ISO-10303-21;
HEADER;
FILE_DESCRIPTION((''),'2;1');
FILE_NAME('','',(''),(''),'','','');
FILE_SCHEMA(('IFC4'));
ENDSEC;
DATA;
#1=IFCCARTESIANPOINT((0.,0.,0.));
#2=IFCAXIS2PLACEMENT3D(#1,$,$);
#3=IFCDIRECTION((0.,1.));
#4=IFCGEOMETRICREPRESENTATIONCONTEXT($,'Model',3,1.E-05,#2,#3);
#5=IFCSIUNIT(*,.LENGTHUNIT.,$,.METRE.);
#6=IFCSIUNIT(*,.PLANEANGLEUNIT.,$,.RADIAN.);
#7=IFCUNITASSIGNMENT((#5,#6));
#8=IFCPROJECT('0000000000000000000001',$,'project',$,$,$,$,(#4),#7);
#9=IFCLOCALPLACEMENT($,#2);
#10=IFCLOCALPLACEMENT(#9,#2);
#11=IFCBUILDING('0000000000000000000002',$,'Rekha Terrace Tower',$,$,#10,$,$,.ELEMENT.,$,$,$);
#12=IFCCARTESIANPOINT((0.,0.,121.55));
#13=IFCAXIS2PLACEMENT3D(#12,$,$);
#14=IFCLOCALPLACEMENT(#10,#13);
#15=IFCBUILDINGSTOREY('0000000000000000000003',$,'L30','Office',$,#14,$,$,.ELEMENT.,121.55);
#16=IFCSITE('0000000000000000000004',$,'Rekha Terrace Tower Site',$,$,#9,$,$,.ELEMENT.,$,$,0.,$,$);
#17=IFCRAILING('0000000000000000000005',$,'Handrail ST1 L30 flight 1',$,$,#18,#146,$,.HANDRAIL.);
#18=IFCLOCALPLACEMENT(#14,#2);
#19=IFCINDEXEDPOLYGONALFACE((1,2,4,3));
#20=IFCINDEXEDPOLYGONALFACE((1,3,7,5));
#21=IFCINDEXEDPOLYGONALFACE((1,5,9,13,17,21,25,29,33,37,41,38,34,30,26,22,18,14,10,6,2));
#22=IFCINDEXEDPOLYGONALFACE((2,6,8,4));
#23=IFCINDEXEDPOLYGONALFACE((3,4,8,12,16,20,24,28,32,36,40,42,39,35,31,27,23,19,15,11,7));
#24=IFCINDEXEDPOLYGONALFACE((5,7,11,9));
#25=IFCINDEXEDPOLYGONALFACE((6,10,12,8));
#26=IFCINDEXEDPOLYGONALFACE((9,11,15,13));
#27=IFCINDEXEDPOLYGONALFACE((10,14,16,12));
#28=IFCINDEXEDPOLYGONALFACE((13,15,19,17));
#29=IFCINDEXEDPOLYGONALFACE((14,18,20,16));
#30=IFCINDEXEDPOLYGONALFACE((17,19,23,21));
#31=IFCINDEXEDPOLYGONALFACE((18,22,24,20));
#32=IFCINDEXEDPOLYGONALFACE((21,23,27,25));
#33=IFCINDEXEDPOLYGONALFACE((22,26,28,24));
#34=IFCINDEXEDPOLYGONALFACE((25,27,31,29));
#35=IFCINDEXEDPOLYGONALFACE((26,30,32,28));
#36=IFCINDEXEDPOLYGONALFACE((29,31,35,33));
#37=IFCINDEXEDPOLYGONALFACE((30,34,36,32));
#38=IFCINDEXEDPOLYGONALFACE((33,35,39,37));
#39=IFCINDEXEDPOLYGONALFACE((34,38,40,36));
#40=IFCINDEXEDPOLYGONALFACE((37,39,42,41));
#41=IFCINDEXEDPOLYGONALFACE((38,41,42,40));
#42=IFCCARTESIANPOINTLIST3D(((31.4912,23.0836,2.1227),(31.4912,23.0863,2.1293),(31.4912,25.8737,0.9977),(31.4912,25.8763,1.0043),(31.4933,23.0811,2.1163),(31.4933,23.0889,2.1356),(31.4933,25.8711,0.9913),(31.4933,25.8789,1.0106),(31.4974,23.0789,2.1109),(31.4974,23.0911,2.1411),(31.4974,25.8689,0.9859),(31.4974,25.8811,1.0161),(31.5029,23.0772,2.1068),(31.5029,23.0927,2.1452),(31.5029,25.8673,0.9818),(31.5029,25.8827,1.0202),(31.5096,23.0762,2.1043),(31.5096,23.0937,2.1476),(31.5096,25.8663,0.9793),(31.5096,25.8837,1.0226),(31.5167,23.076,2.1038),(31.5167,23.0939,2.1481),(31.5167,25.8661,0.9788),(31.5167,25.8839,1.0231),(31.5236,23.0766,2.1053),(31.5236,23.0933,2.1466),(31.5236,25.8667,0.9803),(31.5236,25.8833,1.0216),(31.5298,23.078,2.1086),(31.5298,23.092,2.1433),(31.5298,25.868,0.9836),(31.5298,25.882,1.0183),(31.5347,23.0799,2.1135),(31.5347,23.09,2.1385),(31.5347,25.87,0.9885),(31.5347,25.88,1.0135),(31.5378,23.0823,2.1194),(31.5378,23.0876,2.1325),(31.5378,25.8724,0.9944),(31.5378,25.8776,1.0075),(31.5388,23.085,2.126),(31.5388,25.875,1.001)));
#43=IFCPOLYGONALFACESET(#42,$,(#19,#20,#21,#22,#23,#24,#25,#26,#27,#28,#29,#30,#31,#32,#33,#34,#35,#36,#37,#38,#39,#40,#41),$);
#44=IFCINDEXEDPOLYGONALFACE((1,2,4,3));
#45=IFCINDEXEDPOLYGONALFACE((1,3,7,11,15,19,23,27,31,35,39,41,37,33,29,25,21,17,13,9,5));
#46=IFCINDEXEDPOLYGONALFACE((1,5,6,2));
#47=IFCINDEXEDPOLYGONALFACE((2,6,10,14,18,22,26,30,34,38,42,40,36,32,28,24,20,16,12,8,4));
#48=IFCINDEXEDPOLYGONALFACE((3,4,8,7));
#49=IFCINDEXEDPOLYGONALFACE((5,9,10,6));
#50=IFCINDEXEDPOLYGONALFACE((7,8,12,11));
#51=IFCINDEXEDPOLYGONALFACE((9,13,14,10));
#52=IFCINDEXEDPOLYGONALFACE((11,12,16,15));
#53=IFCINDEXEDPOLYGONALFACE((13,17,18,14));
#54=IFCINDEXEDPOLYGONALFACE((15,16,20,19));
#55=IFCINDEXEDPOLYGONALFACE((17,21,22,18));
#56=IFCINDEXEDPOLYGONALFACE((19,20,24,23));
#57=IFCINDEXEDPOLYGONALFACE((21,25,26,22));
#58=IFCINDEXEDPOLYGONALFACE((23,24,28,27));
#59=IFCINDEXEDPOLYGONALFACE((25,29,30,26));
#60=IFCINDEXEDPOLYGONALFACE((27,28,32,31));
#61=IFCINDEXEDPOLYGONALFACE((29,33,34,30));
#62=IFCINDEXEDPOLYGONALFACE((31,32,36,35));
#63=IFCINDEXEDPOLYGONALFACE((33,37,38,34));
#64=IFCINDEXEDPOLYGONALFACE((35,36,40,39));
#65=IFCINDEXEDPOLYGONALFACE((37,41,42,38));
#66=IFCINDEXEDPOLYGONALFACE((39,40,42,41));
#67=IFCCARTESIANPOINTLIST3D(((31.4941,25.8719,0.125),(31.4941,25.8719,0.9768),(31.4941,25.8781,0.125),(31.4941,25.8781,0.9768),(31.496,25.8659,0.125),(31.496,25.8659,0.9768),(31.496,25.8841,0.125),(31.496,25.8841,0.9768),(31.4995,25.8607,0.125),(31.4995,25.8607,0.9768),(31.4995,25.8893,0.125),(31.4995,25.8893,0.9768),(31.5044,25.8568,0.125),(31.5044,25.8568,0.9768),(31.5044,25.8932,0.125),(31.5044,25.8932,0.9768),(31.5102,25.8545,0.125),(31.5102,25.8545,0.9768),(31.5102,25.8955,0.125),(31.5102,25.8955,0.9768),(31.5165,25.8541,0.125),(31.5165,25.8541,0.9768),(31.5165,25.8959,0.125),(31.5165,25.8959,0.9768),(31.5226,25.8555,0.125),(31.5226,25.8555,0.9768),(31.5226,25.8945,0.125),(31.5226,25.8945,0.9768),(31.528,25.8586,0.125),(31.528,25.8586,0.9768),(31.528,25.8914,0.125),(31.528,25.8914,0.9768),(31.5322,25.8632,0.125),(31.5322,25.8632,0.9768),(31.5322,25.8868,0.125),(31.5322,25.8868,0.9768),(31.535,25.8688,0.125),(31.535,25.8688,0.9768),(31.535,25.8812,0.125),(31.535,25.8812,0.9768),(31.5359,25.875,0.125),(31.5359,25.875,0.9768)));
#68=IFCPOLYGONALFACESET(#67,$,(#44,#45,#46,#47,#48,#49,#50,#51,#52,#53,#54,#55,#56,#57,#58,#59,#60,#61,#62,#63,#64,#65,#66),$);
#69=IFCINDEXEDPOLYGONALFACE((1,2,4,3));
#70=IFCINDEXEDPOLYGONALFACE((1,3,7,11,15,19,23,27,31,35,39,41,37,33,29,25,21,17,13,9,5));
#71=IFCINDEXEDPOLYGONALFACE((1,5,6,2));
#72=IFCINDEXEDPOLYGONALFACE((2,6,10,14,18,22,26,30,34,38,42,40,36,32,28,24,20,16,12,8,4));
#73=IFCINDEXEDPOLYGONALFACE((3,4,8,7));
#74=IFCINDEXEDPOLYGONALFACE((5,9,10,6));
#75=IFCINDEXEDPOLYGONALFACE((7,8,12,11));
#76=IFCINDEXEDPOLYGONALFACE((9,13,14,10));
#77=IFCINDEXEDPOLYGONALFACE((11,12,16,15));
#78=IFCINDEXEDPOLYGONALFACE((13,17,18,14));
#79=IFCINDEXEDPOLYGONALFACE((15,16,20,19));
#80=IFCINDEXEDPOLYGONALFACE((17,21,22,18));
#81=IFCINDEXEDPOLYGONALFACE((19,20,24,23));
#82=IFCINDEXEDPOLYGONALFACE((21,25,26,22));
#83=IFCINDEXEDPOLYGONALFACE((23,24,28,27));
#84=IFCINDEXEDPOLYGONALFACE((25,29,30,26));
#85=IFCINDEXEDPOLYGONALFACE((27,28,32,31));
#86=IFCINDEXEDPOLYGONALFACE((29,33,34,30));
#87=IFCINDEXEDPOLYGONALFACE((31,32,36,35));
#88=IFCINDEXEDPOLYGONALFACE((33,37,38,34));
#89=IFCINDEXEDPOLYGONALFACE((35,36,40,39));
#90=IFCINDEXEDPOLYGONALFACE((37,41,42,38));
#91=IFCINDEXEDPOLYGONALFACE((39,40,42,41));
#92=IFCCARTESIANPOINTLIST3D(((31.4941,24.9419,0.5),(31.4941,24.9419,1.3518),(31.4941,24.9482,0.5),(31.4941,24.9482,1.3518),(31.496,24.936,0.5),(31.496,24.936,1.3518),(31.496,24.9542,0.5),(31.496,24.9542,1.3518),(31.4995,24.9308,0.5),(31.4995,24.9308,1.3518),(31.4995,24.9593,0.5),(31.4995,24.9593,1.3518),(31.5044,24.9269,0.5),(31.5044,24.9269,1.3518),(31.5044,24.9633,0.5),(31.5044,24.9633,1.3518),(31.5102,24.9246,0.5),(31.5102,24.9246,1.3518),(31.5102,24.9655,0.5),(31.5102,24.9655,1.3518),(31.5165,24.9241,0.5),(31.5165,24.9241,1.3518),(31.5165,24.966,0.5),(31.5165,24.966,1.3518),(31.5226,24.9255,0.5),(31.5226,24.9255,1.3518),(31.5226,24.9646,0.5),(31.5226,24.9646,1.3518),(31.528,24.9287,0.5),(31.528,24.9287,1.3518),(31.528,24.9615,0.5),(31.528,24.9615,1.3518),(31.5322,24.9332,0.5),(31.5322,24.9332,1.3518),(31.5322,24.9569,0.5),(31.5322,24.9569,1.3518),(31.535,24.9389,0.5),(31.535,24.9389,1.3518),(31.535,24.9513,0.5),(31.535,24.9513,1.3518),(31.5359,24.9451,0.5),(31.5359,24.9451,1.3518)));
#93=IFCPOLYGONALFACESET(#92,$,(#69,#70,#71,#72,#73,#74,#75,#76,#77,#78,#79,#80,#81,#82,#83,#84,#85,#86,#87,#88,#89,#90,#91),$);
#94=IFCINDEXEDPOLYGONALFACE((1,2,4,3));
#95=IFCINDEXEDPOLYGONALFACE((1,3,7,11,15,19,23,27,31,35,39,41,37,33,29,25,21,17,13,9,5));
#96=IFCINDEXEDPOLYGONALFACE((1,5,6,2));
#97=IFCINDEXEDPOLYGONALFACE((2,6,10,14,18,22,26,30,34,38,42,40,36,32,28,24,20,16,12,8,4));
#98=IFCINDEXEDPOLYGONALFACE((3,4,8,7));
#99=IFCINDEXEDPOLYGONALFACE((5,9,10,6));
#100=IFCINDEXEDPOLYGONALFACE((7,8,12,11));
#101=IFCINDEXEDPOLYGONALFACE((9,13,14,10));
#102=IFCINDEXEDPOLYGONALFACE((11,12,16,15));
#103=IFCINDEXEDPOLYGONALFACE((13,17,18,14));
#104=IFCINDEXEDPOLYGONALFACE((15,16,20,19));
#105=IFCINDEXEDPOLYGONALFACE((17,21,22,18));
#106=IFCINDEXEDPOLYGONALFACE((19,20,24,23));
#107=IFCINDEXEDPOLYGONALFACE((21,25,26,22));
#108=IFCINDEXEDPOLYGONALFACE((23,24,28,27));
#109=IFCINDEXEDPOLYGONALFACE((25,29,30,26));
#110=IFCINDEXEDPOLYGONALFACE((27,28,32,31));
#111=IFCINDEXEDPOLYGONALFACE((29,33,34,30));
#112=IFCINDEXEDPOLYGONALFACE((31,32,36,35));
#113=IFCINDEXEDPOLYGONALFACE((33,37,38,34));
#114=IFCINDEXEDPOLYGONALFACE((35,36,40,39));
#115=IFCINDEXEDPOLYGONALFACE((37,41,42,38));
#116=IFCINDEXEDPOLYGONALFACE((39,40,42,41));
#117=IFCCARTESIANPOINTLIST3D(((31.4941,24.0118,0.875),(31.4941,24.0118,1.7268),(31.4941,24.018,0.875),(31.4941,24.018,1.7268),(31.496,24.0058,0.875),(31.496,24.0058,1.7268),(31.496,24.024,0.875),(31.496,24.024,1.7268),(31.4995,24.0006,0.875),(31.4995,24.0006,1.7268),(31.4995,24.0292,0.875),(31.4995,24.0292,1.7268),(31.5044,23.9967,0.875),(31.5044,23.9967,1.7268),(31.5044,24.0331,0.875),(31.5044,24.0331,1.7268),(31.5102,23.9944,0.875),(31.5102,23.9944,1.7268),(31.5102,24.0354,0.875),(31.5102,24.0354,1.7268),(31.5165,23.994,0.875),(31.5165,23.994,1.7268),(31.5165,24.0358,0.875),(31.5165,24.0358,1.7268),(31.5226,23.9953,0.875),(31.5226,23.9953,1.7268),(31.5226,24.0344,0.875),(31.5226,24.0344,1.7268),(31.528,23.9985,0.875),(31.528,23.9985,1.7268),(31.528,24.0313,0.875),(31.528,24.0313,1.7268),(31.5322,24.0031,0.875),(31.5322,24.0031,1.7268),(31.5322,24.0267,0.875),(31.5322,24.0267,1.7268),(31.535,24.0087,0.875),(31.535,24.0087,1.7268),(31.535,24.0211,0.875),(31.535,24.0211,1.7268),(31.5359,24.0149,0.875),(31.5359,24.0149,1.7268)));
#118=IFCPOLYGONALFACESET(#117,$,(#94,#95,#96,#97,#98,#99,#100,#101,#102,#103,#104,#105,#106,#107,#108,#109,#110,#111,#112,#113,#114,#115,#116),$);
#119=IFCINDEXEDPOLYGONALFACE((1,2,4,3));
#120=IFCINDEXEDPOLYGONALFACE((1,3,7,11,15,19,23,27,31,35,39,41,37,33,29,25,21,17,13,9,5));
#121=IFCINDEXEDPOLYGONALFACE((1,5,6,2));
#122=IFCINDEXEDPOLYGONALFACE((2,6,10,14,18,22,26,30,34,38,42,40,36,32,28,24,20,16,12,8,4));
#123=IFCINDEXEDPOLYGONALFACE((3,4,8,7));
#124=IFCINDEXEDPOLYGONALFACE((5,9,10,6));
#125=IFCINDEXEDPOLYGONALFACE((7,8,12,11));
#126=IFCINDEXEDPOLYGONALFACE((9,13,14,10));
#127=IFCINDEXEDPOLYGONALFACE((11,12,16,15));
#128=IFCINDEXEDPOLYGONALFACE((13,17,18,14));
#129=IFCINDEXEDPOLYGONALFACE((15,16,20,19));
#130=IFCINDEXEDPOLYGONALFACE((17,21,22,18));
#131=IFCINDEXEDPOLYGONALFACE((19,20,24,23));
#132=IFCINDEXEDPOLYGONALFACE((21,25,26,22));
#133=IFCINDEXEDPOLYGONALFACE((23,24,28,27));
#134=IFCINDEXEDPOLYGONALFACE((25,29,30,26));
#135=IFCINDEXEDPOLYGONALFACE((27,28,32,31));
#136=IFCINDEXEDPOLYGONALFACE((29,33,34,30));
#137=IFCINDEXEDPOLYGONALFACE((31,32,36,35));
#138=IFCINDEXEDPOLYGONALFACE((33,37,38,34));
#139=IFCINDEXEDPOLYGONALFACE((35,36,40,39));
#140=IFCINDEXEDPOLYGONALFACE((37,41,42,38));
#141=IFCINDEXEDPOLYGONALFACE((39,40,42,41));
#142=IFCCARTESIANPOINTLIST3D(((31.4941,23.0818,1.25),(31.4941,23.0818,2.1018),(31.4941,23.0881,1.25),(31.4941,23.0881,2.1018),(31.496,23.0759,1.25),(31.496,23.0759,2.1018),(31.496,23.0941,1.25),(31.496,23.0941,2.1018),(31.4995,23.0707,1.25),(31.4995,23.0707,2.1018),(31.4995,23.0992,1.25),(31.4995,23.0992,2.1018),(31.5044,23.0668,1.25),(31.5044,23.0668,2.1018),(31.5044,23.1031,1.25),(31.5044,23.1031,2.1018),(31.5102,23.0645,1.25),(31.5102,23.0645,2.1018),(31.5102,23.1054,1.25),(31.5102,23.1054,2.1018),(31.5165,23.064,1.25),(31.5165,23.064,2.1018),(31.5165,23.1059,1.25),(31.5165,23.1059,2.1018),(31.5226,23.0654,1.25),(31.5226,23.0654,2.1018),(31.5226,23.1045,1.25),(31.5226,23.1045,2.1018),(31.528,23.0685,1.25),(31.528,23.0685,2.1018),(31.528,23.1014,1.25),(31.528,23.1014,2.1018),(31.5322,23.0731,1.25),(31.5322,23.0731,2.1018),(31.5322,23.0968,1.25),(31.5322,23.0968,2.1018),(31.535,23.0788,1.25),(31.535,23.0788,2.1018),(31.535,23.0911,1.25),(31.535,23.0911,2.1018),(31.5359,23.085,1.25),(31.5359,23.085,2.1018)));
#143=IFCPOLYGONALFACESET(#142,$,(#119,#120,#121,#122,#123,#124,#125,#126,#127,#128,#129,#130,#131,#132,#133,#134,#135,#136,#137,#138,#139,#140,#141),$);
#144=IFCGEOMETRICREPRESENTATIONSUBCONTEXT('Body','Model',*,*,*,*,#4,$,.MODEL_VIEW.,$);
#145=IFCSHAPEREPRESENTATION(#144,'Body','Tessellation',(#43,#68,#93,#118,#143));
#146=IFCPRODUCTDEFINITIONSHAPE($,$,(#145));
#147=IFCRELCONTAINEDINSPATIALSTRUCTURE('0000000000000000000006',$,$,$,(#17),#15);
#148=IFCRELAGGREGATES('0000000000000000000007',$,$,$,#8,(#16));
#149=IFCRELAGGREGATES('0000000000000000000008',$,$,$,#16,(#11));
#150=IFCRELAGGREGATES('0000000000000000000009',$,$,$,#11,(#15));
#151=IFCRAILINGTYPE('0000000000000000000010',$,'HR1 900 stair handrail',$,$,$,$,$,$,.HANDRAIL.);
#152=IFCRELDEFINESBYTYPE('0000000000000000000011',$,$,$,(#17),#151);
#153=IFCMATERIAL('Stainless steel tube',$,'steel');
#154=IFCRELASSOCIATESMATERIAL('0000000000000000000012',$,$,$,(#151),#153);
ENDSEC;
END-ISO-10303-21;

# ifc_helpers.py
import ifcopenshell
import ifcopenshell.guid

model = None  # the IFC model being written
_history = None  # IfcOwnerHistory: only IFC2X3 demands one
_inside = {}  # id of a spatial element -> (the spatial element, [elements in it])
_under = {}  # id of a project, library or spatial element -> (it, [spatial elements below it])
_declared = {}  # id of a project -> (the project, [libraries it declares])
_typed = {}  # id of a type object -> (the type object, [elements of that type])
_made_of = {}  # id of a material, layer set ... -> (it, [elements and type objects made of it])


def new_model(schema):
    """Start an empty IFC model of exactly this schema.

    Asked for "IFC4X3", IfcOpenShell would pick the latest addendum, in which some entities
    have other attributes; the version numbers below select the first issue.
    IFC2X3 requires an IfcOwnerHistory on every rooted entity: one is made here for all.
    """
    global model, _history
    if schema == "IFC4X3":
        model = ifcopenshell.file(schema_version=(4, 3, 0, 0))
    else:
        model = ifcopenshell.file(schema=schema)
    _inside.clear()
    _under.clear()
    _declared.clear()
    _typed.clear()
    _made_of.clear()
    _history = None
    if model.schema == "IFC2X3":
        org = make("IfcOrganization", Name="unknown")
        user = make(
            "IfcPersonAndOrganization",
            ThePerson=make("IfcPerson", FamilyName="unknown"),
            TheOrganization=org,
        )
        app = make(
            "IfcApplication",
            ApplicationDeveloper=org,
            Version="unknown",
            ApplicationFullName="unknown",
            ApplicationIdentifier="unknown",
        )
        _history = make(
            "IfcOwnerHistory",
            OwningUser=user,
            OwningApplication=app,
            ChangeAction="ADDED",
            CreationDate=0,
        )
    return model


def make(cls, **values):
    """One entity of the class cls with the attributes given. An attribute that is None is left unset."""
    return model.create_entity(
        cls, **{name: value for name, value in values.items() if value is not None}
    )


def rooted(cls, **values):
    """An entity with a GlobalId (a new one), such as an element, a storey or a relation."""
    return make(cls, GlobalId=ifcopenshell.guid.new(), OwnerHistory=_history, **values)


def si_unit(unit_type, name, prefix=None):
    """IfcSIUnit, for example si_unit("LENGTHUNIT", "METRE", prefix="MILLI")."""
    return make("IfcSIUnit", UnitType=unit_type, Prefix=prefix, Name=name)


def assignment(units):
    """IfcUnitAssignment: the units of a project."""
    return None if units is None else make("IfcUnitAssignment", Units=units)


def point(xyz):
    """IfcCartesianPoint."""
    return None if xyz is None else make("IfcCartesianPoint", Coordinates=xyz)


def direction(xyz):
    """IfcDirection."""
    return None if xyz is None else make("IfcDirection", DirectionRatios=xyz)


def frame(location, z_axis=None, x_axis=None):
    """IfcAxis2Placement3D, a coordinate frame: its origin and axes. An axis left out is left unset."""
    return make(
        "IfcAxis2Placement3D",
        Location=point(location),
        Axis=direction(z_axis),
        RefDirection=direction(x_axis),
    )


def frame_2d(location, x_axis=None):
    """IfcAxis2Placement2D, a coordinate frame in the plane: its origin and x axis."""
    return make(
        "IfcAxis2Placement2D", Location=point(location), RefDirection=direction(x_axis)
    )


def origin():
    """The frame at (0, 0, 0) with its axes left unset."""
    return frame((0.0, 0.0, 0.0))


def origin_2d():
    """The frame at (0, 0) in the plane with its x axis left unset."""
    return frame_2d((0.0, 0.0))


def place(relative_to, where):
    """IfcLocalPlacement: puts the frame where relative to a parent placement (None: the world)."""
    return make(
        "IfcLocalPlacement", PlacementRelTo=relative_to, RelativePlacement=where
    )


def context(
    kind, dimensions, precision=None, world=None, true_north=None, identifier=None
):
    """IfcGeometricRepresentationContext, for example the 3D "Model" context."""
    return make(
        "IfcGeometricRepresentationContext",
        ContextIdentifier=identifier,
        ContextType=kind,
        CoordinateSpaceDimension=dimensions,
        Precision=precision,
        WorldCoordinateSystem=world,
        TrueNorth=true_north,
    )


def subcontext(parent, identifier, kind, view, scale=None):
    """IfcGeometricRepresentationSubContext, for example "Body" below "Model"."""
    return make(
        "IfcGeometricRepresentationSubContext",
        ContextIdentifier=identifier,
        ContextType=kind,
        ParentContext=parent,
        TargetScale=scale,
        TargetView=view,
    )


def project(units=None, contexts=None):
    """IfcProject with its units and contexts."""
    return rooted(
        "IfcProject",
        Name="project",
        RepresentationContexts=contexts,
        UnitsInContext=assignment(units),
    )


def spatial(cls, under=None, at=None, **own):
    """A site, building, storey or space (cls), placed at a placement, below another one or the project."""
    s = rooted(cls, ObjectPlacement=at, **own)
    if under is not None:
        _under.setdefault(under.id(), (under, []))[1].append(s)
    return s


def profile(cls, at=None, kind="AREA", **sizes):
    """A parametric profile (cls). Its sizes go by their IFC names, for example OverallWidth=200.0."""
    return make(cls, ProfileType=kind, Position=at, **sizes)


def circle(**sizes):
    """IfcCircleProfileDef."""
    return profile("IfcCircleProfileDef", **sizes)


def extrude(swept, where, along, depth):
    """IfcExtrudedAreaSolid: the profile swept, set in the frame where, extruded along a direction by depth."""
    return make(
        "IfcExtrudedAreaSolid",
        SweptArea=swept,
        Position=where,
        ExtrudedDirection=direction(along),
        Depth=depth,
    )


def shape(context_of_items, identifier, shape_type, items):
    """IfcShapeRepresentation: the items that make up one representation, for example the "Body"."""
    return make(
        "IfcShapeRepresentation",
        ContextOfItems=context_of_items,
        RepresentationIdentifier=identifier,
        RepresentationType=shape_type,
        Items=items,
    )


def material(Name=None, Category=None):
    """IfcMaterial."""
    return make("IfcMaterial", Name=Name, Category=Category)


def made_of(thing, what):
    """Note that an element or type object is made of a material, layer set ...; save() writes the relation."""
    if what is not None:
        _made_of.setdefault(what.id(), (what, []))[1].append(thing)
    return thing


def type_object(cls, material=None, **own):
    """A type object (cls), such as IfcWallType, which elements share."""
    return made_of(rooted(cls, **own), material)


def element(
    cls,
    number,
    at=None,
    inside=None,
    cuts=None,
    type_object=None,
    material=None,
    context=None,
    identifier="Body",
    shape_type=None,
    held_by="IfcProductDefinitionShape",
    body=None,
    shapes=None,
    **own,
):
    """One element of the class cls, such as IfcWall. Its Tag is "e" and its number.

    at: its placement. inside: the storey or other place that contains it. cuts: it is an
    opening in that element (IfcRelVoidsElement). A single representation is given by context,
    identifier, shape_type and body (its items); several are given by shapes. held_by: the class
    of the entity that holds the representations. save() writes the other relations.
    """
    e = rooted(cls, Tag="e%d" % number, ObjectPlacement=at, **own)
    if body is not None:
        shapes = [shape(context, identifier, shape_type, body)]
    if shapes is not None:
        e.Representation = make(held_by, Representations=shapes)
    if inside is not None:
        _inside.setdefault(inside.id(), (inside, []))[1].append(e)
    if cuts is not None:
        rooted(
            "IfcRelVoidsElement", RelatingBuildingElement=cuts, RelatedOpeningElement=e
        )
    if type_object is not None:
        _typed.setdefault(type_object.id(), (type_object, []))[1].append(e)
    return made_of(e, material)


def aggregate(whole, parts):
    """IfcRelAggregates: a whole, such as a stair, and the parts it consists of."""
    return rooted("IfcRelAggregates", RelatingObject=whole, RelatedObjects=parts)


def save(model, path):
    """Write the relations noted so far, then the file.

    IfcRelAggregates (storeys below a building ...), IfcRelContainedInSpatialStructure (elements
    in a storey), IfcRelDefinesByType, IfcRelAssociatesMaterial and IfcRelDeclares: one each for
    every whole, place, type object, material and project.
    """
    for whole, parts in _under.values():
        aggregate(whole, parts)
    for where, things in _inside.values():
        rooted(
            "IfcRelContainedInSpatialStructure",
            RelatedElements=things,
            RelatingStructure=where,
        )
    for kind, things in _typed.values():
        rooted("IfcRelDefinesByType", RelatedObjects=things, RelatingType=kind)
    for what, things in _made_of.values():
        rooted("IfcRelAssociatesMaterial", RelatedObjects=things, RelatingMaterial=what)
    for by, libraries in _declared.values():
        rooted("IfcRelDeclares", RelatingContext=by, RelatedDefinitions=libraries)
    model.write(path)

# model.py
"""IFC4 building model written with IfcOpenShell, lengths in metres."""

from ifc_helpers import new_model, si_unit, direction, frame, origin, origin_2d, place, context, subcontext, project, spatial, circle, extrude, material, type_object, element, save


model = new_model("IFC4")

# Units and contexts
model_context = context("Model", 3, precision=1e-05, world=origin(), true_north=direction((0.0, 1.0)))
body_context = subcontext(model_context, "Body", "Model", "MODEL_VIEW")
ifc_project = project(units=[si_unit("LENGTHUNIT", "METRE"), si_unit("PLANEANGLEUNIT", "RADIAN")], contexts=[model_context])

# Site, building, storey
site_placement = place(None, origin())
site = spatial("IfcSite", under=ifc_project, at=site_placement, Name="Rekha Terrace Tower Site", CompositionType="ELEMENT", RefElevation=0.0)
building_placement = place(site_placement, origin())
building = spatial("IfcBuilding", under=site, at=building_placement, Name="Rekha Terrace Tower", CompositionType="ELEMENT")
storey_placement = place(building_placement, frame((0.0, 0.0, 121.55)))
storey = spatial("IfcBuildingStorey", under=building, at=storey_placement, Name="L30", Description="Office", CompositionType="ELEMENT", Elevation=121.55)

# Railing
ifc_material_1 = material(Name="Stainless steel tube", Category="steel")
railing_type = type_object("IfcRailingType", Name="HR1 900 stair handrail", PredefinedType="HANDRAIL", material=ifc_material_1)
railing_placement = place(storey_placement, frame((31.5149, 25.875, 0.125)))
element("IfcRailing", 1, at=railing_placement, inside=storey, type_object=railing_type, Name="Handrail ST1 L30 flight 1", PredefinedType="HANDRAIL", context=body_context, shape_type="SweptSolid", body=[
    extrude(circle(Radius=0.0239, at=origin_2d()), frame((0.0, 0.0, 0.876), z_axis=(0.0, -0.927443, 0.373964), x_axis=(1.0, 0.0, 0.0)), (0.0, 0.0, 1.0), 3.0083),
    extrude(circle(Radius=0.021, at=origin_2d()), origin(), (0.0, 0.0, 1.0), 0.8518),
    extrude(circle(Radius=0.021, at=origin_2d()), frame((0.0, -0.9299, 0.375)), (0.0, 0.0, 1.0), 0.8518),
    extrude(circle(Radius=0.021, at=origin_2d()), frame((0.0, -1.8601, 0.75)), (0.0, 0.0, 1.0), 0.8518),
    extrude(circle(Radius=0.021, at=origin_2d()), frame((0.0, -2.79, 1.125)), (0.0, 0.0, 1.0), 0.8518),
])

save(model, "model.ifc")
